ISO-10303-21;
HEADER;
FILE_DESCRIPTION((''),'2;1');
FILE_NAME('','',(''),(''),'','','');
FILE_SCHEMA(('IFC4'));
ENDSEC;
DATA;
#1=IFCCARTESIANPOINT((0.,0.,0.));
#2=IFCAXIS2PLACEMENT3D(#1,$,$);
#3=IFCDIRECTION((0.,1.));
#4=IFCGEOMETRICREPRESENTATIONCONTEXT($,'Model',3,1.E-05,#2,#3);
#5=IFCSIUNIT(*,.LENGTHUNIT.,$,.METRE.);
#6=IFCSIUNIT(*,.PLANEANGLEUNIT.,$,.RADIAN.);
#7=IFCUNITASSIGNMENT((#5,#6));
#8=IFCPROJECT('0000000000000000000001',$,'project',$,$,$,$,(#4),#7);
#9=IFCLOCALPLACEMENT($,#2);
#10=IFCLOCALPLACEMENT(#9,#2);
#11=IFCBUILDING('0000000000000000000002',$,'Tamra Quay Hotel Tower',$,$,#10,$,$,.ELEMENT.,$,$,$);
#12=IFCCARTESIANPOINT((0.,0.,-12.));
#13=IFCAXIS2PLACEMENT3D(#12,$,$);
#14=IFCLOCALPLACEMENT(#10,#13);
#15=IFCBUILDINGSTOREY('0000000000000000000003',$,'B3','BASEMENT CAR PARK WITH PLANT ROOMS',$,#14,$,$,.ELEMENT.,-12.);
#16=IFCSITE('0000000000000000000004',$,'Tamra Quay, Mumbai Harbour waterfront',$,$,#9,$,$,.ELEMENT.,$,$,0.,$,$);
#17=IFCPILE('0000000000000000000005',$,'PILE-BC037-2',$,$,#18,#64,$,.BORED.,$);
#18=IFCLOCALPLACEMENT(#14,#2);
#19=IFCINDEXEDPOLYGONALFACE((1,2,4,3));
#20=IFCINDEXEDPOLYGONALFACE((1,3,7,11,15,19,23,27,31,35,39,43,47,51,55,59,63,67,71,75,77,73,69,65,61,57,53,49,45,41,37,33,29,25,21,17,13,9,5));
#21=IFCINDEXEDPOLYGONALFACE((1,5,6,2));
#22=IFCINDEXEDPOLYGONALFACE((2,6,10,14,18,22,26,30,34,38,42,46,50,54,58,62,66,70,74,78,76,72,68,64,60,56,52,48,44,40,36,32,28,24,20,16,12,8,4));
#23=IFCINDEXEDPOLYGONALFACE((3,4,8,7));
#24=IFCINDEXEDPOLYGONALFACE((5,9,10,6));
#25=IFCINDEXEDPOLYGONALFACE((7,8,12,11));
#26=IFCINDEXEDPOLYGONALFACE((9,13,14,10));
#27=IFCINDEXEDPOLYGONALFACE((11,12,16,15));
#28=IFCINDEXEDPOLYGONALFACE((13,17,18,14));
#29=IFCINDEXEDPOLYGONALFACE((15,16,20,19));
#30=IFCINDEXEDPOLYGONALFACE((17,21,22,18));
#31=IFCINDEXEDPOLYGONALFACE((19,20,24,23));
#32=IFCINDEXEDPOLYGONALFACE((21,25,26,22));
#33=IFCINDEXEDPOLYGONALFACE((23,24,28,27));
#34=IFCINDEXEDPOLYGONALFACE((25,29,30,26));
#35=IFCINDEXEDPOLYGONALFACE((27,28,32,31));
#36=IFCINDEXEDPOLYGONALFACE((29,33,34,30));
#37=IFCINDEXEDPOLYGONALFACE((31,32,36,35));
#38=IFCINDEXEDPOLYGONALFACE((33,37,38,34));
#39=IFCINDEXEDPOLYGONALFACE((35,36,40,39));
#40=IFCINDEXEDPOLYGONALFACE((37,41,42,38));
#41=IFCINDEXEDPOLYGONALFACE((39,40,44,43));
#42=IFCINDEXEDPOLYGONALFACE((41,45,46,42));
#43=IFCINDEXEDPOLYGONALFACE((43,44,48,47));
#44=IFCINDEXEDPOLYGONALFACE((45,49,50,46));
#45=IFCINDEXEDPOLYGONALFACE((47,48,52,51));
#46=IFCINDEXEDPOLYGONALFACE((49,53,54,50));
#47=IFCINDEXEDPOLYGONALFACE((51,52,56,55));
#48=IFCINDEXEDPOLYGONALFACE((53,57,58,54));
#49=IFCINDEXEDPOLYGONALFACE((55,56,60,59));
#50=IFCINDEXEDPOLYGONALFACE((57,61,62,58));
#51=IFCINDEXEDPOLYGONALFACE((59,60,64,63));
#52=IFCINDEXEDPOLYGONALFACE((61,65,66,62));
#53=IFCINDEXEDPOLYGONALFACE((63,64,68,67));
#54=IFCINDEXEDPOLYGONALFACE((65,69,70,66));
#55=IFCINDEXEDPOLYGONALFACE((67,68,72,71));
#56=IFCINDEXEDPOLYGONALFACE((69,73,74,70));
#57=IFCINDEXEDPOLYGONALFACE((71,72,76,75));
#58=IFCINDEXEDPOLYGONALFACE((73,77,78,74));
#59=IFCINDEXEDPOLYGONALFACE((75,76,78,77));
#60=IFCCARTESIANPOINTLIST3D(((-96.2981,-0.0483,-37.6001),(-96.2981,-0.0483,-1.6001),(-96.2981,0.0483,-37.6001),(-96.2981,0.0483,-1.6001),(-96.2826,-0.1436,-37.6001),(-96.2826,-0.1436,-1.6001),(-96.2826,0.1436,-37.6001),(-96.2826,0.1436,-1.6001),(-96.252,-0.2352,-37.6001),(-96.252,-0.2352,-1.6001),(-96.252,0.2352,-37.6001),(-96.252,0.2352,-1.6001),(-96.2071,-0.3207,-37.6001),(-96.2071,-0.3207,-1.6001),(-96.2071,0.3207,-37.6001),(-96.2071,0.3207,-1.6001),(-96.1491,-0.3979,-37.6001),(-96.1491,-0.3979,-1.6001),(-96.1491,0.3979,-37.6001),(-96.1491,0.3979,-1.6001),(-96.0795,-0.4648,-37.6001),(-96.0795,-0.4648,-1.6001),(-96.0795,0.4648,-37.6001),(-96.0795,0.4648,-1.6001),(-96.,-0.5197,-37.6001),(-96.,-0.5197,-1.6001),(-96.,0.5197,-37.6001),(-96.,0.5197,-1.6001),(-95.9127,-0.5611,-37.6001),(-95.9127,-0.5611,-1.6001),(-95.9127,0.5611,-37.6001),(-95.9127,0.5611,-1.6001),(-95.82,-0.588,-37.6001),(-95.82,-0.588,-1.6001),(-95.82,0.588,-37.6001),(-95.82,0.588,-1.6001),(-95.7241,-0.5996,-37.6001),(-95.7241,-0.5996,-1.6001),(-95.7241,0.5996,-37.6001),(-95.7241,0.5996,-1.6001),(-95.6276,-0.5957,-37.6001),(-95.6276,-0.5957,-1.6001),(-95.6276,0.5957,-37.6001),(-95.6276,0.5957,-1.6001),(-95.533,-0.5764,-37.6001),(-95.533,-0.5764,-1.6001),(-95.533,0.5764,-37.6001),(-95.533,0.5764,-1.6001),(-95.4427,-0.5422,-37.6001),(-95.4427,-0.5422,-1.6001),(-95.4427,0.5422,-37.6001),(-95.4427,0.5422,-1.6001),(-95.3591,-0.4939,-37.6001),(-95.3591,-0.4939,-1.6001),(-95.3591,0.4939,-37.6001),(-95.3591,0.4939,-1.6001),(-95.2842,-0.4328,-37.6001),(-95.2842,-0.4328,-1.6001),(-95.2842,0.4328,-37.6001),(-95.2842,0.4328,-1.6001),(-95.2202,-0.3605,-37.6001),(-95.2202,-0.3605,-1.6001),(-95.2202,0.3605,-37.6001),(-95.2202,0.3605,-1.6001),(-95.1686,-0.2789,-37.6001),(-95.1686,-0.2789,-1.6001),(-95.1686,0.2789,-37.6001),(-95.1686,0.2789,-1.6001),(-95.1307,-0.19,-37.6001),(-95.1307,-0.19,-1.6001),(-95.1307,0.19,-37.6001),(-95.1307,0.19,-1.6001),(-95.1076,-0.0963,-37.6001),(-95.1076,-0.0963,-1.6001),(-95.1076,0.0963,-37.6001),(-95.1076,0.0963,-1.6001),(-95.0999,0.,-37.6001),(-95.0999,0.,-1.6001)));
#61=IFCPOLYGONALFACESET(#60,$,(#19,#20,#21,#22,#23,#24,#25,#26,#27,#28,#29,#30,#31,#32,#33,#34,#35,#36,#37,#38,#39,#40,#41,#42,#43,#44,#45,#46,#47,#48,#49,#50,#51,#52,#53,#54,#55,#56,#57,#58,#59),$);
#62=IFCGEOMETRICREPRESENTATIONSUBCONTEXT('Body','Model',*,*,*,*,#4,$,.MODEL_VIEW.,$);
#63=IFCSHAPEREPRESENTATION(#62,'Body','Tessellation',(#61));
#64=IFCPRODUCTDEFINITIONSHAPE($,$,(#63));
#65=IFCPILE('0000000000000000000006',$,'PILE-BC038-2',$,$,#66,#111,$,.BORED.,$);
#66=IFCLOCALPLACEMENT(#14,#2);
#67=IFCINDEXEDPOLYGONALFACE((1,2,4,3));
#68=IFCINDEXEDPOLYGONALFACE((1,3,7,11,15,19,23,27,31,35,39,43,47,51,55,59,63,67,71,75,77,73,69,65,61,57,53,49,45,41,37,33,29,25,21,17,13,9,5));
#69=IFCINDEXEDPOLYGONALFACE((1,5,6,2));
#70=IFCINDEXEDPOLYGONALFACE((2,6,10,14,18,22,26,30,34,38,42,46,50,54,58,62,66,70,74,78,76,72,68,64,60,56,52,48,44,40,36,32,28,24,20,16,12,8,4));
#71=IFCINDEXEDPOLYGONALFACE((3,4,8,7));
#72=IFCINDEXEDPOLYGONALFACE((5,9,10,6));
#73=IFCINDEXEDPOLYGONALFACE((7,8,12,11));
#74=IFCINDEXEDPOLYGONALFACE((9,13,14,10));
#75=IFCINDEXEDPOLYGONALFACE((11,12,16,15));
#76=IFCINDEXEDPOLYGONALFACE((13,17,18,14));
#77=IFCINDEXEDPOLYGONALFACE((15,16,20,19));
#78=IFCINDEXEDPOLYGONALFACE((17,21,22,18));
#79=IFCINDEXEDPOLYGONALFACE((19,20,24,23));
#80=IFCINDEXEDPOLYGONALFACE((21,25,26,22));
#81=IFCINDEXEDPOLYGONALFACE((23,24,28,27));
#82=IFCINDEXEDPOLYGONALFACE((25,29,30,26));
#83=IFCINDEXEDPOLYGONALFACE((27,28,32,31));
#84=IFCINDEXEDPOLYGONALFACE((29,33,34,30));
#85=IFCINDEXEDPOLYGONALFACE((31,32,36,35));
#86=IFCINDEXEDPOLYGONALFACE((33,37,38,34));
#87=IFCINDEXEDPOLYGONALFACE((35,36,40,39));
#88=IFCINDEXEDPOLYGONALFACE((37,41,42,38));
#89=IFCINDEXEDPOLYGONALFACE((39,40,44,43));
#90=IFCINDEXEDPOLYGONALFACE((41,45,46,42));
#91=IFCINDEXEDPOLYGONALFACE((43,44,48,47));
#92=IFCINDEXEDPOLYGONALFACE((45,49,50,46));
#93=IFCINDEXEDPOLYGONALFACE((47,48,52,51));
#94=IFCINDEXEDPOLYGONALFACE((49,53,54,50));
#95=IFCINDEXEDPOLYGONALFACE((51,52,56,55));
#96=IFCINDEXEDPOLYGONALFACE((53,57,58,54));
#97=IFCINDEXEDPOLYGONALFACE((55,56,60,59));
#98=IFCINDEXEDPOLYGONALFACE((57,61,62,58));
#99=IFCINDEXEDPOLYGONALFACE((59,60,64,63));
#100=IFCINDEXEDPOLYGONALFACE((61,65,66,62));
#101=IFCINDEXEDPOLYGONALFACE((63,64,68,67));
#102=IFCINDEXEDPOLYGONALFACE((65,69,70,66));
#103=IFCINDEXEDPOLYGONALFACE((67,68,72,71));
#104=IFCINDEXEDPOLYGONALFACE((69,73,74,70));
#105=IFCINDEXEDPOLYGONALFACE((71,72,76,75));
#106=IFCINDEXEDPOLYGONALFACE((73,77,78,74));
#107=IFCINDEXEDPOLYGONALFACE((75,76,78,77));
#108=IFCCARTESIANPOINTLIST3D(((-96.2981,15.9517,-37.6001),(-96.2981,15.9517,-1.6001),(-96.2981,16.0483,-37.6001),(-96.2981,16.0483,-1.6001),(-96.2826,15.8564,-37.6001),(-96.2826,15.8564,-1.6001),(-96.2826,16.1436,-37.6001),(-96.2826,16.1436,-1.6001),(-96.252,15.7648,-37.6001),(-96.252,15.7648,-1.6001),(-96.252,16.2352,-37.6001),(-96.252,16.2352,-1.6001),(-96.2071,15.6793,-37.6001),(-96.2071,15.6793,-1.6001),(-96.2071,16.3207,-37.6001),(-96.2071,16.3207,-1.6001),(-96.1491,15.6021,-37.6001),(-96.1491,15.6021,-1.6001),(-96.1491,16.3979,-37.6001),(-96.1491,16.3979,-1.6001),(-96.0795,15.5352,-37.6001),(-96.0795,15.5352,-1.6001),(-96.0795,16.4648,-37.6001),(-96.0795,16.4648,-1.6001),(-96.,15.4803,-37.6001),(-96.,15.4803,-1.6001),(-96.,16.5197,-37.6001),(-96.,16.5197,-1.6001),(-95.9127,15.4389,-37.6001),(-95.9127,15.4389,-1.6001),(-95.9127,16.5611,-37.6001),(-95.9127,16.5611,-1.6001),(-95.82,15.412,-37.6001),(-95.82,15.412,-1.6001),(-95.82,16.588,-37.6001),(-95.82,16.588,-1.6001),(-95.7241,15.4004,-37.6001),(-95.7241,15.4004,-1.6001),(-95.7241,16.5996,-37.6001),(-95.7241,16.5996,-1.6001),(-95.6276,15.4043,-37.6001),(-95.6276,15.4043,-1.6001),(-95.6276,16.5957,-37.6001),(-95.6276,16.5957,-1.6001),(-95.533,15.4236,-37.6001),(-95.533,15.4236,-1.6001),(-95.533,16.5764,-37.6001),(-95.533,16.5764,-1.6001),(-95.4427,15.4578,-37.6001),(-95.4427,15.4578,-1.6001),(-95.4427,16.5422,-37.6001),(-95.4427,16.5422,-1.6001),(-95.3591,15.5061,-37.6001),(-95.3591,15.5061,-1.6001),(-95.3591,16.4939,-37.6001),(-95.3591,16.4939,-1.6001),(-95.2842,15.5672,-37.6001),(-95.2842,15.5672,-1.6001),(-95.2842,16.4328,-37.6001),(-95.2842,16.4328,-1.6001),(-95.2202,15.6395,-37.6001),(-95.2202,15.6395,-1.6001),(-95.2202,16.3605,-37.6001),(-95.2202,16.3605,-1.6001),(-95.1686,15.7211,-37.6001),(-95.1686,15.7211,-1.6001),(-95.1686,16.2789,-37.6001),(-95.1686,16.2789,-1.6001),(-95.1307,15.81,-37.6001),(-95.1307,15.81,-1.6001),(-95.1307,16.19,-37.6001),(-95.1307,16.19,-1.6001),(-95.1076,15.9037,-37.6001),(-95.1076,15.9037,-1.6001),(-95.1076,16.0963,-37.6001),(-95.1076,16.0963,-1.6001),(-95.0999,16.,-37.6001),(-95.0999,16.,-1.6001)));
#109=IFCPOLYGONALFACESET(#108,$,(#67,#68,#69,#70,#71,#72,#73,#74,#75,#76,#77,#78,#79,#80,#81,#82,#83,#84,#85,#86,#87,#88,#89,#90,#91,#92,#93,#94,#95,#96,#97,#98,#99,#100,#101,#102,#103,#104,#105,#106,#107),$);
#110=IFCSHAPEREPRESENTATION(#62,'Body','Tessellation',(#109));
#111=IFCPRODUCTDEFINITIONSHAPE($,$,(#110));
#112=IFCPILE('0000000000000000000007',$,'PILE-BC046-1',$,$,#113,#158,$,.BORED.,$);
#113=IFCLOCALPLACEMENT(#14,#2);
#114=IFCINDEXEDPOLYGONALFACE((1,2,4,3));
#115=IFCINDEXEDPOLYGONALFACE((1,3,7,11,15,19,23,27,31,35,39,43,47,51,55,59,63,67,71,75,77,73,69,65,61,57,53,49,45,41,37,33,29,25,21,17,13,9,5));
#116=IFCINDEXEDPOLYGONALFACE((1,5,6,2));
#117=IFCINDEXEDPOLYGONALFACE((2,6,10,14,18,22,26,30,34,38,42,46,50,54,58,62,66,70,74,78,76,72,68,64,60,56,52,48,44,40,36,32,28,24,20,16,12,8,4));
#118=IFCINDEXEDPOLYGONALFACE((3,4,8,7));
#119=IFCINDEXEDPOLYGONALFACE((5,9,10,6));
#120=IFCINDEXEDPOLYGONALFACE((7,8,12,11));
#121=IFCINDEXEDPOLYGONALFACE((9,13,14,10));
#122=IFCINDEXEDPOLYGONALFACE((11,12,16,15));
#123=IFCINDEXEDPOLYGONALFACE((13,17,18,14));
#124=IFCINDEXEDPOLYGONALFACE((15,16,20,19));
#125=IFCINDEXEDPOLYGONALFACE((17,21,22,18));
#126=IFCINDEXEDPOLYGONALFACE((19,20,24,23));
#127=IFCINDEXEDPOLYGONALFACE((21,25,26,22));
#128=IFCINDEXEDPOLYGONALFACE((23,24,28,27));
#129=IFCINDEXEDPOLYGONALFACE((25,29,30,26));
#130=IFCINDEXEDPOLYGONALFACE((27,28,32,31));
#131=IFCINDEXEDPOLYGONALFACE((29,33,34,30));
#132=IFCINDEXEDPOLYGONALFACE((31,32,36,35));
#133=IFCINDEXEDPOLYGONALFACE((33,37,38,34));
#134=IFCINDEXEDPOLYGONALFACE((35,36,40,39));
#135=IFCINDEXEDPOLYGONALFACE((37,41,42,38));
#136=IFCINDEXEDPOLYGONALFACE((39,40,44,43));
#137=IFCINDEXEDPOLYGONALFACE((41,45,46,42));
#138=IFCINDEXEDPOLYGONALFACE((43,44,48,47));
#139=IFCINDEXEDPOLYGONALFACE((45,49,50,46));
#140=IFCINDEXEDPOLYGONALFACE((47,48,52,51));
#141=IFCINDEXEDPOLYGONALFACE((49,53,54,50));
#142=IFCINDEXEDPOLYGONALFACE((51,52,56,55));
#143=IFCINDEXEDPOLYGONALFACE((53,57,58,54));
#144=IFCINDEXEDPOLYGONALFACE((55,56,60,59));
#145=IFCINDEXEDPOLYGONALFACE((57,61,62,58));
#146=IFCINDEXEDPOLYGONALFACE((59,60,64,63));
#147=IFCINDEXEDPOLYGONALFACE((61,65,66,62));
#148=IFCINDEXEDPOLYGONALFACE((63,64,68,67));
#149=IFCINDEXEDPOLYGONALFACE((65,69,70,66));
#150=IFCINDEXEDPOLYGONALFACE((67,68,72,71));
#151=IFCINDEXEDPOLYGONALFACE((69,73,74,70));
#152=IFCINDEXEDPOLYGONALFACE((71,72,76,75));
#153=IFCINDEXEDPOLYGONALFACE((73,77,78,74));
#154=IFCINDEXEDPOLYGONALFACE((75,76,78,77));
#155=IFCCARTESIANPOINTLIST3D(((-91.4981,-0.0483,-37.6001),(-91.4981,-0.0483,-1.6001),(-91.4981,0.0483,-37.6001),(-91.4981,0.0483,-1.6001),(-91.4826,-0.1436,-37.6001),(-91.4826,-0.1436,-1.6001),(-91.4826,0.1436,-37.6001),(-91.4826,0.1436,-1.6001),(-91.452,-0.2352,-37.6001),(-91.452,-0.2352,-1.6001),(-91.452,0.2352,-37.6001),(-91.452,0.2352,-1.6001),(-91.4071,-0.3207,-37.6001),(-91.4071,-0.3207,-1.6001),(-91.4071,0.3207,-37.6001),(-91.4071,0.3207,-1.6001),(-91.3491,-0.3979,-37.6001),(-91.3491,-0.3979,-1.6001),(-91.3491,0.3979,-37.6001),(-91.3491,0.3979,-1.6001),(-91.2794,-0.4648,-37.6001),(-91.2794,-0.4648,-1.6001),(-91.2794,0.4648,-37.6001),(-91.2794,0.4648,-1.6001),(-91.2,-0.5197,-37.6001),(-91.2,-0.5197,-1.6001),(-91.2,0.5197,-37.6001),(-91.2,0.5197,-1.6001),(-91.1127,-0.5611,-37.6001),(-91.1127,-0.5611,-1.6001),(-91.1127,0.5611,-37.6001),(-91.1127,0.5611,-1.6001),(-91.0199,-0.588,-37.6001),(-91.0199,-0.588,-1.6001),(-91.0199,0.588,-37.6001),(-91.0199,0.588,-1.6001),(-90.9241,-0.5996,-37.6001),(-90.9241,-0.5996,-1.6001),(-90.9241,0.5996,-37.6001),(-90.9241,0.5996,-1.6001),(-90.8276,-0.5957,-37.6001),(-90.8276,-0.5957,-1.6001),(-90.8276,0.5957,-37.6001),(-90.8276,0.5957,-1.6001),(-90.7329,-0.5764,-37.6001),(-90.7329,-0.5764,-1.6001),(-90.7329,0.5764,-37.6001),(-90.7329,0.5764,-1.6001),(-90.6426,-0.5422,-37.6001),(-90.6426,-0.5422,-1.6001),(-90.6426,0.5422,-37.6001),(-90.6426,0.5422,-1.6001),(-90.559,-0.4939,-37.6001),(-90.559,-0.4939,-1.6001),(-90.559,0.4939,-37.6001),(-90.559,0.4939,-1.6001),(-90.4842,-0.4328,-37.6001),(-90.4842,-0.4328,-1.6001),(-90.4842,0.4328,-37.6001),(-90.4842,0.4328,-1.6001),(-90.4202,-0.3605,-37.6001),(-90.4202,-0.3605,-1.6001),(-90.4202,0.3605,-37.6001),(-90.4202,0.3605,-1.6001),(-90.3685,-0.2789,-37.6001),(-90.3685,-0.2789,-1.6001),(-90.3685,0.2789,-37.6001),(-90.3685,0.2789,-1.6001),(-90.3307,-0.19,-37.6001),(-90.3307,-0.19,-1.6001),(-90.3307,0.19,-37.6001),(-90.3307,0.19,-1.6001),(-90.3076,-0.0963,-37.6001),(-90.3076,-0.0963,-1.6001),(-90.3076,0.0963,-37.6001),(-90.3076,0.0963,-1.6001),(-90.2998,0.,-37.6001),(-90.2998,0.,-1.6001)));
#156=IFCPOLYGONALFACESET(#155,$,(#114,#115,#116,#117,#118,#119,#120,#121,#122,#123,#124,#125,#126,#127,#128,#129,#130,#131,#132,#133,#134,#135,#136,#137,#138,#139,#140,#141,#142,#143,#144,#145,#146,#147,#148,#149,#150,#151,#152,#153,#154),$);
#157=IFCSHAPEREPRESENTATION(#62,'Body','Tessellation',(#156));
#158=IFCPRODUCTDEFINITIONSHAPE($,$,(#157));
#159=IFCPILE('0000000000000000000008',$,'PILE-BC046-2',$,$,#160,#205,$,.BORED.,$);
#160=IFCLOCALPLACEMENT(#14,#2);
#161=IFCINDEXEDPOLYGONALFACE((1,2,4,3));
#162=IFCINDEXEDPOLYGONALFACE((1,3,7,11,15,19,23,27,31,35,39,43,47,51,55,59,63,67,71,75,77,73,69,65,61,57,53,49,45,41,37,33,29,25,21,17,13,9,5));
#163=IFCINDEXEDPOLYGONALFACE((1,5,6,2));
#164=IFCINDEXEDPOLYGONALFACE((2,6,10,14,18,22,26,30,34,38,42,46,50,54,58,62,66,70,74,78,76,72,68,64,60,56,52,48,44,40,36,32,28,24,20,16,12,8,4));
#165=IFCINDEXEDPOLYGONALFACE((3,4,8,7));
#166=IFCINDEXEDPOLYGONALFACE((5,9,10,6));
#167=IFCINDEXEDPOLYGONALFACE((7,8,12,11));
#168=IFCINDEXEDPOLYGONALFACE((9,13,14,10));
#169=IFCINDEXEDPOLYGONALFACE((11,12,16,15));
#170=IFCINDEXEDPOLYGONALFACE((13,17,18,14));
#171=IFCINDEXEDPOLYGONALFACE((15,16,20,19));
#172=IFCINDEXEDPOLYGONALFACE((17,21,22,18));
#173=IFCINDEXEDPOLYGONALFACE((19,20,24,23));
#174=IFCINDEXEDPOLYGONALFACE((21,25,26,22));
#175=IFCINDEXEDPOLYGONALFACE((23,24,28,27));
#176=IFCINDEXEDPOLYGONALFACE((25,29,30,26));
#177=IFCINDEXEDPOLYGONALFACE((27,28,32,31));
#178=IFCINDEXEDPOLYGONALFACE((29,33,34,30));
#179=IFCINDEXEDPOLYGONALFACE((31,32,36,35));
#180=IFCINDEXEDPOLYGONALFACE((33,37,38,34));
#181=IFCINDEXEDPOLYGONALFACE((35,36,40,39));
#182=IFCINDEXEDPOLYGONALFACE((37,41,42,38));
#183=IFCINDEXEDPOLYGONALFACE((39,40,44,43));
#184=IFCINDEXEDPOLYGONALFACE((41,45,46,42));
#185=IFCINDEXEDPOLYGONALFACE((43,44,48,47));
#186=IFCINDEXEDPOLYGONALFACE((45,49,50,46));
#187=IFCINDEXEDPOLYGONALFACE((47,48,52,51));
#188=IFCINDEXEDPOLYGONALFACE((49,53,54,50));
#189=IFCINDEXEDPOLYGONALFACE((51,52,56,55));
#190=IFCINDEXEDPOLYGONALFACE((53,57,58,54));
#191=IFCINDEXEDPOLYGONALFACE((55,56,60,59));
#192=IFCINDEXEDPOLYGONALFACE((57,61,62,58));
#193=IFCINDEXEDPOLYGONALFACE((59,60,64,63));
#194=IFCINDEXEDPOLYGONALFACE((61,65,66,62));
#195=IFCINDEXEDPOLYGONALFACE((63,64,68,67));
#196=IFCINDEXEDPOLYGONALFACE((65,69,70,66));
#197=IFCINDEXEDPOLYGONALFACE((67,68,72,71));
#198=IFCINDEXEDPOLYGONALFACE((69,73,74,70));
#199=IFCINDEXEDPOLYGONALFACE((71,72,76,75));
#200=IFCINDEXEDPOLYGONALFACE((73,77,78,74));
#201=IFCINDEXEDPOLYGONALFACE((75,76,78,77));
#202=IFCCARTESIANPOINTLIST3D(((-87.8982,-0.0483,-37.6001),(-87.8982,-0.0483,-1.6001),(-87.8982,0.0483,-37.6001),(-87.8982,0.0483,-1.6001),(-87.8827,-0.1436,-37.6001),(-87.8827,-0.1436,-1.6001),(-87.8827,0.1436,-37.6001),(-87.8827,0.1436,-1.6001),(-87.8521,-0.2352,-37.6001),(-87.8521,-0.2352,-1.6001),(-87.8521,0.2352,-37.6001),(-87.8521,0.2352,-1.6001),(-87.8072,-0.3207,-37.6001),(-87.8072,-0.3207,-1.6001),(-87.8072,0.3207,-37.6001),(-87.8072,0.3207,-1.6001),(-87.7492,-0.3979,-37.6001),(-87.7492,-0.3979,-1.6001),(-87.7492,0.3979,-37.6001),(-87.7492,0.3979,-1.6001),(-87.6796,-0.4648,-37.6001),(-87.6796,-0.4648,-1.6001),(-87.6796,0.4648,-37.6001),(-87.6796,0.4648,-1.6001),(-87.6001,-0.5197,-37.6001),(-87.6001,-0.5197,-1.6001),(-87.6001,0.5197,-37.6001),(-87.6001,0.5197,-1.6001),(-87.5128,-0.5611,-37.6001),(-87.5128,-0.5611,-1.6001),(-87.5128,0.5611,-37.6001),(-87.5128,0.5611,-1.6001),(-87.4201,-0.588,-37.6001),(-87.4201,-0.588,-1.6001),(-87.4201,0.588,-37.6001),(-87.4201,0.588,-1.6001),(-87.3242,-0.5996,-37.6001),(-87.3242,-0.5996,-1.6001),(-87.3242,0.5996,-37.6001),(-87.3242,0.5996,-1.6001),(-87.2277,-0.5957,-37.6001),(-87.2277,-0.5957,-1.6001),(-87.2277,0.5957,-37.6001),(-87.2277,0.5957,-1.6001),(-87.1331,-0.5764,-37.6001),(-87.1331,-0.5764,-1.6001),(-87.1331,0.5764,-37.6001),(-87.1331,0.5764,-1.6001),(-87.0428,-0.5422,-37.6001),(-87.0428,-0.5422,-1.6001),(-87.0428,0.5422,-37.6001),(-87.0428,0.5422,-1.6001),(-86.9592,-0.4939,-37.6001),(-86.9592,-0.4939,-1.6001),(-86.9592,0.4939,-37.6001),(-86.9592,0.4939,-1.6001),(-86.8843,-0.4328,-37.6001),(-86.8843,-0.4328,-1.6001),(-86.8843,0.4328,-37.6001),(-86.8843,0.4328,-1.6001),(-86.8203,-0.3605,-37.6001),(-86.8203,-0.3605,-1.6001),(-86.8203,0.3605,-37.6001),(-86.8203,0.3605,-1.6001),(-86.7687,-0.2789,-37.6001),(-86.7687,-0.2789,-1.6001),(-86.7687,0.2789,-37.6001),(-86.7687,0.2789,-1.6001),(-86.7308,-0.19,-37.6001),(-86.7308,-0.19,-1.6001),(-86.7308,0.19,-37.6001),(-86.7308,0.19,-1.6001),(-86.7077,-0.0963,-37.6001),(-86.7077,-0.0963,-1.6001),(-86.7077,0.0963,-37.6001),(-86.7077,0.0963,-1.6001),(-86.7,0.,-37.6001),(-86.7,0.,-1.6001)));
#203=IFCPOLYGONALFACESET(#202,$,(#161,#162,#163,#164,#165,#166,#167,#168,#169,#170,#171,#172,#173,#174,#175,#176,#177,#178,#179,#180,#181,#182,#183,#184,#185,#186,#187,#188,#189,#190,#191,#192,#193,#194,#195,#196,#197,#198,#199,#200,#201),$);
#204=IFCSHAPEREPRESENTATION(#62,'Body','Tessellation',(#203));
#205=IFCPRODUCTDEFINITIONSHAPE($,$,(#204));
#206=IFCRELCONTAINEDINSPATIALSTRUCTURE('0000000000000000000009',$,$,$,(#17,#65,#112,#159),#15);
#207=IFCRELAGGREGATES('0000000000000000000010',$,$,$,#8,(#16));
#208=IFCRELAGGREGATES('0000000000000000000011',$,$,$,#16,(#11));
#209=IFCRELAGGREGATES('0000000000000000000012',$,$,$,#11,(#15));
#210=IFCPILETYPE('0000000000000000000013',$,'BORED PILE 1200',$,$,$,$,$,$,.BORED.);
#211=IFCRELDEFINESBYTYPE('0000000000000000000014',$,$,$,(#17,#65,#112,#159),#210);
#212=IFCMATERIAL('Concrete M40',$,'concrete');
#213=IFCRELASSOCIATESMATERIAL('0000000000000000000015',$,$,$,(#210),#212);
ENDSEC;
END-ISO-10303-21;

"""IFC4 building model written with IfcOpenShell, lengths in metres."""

from ifc_helpers import new_model, si_unit, direction, frame, origin, origin_2d, place, context, subcontext, project, spatial, circle, extrude, material, material_profile, profile_set, type_object, element, save


model = new_model("IFC4")

# Units and contexts
model_context = context("Model", 3, precision=1e-05, world=origin(), true_north=direction((0.0, 1.0)))
body_context = subcontext(model_context, "Body", "Model", "MODEL_VIEW")
ifc_project = project(units=[si_unit("LENGTHUNIT", "METRE"), si_unit("PLANEANGLEUNIT", "RADIAN")], contexts=[model_context])

# Site, building, storey
site_placement = place(None, origin())
site = spatial("IfcSite", under=ifc_project, at=site_placement, Name="Tamra Quay, Mumbai Harbour waterfront", CompositionType="ELEMENT", RefElevation=0.0)
building_placement = place(site_placement, origin())
building = spatial("IfcBuilding", under=site, at=building_placement, Name="Tamra Quay Hotel Tower", CompositionType="ELEMENT")
storey_placement = place(building_placement, frame((0.0, 0.0, -12.0)))
storey = spatial("IfcBuildingStorey", under=building, at=storey_placement, Name="B3", Description="BASEMENT CAR PARK WITH PLANT ROOMS", CompositionType="ELEMENT", Elevation=-12.0)

# Piles
ifc_material_1 = material(Name="Concrete M40", Category="concrete")
ifc_material_profile_1 = material_profile(ifc_material_1, circle(Radius=0.6001, at=origin_2d()), Name="BORED PILE 1200")
ifc_profile_set_1 = profile_set([ifc_material_profile_1], Name="Concrete M40")
pile_type = type_object("IfcPileType", Name="BORED PILE 1200", PredefinedType="BORED", material=ifc_profile_set_1)
for number, where, z_axis, x_axis, name in (
    (1, (-95.7, 0.0, -1.6001), (0.0, 0.0, -1.0), (1.0, 0.0, 0.0), "PILE-BC037-2"),
    (2, (-95.7, 16.0, -1.6001), (0.0, 0.0, -1.0), (1.0, 0.0, 0.0), "PILE-BC038-2"),
    (3, (-90.8999, 0.0, -1.6001), (0.0, 0.0, -1.0), (1.0, 0.0, 0.0), "PILE-BC046-1"),
    (4, (-87.3, 0.0, -1.6001), (0.0, 0.0, -1.0), (1.0, 0.0, 0.0), "PILE-BC046-2"),
):
    element("IfcPile", number, at=place(storey_placement, frame(where, z_axis=z_axis, x_axis=x_axis)), inside=storey, type_object=pile_type, Name=name, PredefinedType="BORED", context=body_context, shape_type="SweptSolid", body=[
        extrude(circle(Radius=0.6001, at=origin_2d()), origin(), (0.0, 0.0, 1.0), 36.0),
    ])

save(model, "model.ifc")
